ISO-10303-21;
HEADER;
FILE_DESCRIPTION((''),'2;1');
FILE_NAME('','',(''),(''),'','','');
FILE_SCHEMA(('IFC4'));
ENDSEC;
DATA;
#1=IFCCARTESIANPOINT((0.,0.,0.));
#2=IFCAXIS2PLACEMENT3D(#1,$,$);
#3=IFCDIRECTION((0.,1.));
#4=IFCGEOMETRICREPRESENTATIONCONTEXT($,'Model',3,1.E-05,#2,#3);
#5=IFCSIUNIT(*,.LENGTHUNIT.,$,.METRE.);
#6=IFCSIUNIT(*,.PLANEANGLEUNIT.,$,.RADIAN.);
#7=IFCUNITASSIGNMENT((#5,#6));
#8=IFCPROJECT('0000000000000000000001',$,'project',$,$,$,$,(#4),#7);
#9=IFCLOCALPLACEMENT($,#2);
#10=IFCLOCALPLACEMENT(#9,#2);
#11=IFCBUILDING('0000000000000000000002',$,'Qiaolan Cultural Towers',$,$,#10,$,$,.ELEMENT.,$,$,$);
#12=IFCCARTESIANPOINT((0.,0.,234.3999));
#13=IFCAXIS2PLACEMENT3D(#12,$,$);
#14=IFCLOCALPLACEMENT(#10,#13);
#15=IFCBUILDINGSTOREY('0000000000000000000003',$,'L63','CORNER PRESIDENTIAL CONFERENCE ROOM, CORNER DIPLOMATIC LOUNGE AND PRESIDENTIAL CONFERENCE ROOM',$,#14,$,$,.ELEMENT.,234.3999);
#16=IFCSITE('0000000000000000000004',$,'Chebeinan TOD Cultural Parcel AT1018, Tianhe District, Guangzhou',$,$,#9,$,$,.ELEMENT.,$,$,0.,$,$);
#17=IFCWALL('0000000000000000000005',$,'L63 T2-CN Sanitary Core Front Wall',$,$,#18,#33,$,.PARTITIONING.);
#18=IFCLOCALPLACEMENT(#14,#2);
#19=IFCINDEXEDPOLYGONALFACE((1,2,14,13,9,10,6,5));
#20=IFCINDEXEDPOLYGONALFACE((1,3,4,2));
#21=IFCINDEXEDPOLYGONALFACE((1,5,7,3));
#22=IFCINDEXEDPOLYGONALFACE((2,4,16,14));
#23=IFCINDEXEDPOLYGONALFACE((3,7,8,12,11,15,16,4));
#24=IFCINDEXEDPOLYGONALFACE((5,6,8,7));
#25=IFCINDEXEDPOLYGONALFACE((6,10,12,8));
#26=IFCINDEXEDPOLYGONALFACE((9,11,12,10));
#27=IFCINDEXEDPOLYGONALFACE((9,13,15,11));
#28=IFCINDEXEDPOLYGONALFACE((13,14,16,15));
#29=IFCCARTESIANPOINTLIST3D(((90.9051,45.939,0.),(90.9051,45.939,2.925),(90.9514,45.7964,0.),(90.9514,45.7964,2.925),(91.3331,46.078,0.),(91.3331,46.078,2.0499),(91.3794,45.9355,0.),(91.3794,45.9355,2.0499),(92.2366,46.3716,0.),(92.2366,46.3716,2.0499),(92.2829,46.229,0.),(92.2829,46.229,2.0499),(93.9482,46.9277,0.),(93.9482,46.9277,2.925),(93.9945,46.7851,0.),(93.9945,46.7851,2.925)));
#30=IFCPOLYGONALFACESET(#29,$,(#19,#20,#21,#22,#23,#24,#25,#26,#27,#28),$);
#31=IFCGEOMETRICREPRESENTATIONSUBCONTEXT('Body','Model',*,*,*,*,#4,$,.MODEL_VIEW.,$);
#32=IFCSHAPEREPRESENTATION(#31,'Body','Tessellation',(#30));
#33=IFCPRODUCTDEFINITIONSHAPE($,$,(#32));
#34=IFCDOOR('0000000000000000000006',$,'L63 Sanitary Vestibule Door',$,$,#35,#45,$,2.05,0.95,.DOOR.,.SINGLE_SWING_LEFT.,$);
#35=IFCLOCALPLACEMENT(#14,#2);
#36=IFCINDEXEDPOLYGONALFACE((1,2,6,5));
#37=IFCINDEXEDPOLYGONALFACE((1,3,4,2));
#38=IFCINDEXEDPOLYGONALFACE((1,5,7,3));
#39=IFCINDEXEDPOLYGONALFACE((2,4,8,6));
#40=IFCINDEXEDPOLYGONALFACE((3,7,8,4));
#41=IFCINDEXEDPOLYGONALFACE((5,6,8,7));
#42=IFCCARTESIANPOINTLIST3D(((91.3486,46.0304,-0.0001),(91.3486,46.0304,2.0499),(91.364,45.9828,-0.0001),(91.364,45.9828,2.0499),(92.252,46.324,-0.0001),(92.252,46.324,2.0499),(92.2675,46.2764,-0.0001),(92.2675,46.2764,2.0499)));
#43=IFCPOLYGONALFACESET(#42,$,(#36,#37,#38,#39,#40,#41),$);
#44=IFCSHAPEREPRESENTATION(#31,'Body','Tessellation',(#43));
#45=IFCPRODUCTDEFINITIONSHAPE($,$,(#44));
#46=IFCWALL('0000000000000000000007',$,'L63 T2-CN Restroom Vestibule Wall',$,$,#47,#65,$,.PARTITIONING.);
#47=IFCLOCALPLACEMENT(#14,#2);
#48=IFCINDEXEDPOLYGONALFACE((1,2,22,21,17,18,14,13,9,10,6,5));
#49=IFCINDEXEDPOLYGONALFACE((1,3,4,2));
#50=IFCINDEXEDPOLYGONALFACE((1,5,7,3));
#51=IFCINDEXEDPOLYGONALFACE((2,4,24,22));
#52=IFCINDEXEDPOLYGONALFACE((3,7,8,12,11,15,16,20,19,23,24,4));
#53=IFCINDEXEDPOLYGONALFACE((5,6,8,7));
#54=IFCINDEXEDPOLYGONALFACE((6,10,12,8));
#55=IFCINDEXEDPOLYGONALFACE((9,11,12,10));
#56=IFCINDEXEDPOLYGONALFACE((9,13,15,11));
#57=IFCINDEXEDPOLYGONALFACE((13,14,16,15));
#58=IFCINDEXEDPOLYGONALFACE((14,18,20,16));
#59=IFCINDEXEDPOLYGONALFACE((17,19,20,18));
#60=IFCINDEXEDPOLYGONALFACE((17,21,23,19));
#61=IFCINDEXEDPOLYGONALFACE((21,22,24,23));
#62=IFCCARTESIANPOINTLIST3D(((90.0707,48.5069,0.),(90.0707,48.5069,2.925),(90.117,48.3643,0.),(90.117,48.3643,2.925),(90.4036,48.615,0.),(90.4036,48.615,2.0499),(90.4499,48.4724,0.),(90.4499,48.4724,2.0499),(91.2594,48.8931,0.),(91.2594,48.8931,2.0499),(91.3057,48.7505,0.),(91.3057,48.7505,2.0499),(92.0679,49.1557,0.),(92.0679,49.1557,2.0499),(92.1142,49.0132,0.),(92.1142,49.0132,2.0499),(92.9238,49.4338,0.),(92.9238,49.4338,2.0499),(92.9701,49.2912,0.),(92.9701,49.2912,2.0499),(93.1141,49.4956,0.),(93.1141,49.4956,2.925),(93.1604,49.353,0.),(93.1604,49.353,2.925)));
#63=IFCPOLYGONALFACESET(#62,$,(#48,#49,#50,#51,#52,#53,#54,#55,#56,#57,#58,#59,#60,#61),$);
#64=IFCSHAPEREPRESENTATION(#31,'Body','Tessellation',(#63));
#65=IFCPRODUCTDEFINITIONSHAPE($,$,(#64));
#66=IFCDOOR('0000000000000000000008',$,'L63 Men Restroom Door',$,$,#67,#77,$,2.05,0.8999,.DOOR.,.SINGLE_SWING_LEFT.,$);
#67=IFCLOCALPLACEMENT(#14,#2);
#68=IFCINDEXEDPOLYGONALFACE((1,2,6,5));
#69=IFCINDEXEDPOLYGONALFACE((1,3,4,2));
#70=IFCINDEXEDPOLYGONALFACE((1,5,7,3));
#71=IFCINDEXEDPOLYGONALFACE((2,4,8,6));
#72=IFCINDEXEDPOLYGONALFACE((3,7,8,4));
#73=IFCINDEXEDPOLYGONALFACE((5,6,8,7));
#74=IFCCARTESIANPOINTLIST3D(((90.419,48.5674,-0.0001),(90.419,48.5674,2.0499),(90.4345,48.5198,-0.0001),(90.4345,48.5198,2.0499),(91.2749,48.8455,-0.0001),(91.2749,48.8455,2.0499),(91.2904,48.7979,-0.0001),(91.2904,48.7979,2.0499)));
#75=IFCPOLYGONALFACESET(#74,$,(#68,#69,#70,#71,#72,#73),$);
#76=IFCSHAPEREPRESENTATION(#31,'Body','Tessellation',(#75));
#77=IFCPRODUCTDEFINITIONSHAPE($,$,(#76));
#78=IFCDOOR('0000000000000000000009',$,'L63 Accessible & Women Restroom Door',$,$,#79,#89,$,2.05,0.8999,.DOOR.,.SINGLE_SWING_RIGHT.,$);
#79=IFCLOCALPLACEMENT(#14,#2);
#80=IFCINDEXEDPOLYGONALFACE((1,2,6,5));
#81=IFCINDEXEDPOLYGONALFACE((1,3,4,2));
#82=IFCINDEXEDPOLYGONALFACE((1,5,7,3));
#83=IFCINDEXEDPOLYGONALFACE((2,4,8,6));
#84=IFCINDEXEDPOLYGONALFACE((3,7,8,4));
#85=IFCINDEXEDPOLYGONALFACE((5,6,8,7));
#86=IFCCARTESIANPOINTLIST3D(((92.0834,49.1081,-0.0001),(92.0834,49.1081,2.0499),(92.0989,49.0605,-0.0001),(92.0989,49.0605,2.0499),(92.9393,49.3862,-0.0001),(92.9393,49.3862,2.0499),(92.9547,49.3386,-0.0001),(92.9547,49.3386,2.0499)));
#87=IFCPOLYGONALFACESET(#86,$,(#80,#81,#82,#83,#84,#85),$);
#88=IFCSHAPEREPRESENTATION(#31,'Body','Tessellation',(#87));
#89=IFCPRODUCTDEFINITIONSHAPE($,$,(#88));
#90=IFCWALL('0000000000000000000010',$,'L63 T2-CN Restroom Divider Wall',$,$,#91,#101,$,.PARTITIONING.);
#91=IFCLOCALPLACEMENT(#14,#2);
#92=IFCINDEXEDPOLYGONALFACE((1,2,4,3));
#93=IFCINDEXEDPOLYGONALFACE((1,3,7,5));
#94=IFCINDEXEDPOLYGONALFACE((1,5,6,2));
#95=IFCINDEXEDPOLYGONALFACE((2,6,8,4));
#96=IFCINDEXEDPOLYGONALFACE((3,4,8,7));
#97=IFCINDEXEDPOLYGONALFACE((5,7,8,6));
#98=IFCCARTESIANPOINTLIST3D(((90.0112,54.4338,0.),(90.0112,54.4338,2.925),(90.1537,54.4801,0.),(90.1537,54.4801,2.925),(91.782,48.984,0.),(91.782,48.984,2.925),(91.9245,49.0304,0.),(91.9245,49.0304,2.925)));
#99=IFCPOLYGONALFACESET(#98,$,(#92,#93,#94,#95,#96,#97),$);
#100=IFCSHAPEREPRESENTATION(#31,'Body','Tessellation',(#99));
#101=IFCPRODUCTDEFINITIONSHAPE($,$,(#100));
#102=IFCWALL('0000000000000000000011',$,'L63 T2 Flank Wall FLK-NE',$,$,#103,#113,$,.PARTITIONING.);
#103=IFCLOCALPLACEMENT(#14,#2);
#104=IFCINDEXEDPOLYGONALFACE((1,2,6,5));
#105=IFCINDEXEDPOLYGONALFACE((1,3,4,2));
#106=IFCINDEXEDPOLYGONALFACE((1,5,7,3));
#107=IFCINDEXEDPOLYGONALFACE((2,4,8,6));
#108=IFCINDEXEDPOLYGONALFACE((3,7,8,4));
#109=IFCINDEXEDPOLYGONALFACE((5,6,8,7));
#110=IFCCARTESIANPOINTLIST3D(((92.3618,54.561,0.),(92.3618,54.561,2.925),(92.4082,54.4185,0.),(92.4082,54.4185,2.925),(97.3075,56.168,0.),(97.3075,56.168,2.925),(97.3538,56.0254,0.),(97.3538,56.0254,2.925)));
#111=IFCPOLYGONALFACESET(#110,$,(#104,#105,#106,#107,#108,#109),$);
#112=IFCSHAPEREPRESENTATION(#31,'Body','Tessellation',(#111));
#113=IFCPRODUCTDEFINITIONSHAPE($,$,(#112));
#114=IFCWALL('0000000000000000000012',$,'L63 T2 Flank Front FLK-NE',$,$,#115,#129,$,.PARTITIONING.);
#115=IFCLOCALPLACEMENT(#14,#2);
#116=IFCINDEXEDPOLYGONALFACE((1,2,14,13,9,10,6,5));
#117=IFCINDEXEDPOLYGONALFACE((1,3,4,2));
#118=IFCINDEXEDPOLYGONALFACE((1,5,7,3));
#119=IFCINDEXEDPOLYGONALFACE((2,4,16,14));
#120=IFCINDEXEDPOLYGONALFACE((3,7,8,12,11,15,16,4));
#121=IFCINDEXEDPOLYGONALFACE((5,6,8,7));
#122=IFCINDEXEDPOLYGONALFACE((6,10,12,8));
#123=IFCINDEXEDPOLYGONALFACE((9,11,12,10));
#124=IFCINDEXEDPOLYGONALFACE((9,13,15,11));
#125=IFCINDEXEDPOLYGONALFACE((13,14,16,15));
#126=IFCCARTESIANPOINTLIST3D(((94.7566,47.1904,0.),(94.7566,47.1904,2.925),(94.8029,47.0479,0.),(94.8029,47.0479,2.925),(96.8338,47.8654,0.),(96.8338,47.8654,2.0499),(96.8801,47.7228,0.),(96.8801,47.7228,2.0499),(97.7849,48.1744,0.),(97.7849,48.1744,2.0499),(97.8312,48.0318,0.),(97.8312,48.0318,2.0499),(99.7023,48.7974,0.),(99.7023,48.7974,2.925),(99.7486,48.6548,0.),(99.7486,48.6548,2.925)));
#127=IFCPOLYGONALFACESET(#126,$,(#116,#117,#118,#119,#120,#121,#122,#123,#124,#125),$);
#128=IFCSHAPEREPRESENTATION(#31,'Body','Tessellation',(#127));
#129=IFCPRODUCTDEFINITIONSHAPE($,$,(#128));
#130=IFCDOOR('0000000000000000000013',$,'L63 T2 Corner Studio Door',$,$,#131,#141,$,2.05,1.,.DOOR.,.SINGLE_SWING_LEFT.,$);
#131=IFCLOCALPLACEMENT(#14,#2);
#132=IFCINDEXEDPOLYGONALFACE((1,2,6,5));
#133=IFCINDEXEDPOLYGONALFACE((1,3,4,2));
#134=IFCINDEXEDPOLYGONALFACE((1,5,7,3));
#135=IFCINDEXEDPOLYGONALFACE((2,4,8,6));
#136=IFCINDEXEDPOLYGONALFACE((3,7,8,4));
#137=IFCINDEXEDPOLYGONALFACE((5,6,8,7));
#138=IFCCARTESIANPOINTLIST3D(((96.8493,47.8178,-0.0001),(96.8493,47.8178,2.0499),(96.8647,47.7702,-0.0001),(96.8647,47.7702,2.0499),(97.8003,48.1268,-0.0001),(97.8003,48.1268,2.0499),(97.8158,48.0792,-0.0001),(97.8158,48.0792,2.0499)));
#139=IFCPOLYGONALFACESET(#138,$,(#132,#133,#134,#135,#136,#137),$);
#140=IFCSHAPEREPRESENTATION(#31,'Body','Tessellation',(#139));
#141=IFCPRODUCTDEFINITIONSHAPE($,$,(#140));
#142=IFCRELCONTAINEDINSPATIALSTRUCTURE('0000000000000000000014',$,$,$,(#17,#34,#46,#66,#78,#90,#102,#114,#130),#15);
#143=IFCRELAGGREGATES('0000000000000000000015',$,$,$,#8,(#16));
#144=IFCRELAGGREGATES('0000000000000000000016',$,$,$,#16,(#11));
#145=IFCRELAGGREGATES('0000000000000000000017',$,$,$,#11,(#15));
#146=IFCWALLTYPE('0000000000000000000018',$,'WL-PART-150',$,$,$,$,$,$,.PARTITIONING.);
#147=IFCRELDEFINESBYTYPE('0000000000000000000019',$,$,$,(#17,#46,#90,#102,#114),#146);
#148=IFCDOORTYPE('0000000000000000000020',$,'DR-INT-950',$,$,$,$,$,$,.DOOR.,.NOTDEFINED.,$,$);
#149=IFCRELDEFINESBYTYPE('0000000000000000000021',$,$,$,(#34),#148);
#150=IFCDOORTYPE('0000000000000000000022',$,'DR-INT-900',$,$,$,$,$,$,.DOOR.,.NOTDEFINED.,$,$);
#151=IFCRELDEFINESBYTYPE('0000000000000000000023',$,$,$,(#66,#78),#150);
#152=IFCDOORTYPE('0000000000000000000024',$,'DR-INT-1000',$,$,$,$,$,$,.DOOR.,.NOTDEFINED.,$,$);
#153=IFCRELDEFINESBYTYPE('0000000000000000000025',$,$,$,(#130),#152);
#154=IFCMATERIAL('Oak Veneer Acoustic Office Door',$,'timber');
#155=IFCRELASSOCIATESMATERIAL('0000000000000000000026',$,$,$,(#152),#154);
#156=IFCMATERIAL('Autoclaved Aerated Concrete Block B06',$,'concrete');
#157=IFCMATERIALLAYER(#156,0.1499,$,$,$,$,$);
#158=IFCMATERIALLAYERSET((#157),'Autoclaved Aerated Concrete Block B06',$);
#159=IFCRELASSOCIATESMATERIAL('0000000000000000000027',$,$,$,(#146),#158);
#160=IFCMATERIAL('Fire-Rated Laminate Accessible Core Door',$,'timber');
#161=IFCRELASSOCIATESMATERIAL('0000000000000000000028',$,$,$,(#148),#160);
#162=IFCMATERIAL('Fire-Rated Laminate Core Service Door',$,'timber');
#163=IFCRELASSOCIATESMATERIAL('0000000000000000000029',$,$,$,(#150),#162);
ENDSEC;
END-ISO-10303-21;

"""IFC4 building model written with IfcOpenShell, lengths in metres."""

from ifc_helpers import new_model, si_unit, direction, frame, frame_2d, origin, place, context, subcontext, project, spatial, rectangle, extrude, material, layer, layer_set, type_object, element, fill, save


model = new_model("IFC4")

# Units and contexts
model_context = context("Model", 3, precision=1e-05, world=origin(), true_north=direction((0.0, 1.0)))
body_context = subcontext(model_context, "Body", "Model", "MODEL_VIEW")
ifc_project = project(units=[si_unit("LENGTHUNIT", "METRE"), si_unit("PLANEANGLEUNIT", "RADIAN")], contexts=[model_context])

# Site, building, storey
site_placement = place(None, origin())
site = spatial("IfcSite", under=ifc_project, at=site_placement, Name="Chebeinan TOD Cultural Parcel AT1018, Tianhe District, Guangzhou", CompositionType="ELEMENT", RefElevation=0.0)
building_placement = place(site_placement, origin())
building = spatial("IfcBuilding", under=site, at=building_placement, Name="Qiaolan Cultural Towers", CompositionType="ELEMENT")
storey_placement = place(building_placement, frame((0.0, 0.0, 234.3999)))
storey = spatial("IfcBuildingStorey", under=building, at=storey_placement, Name="L63", Description="CORNER PRESIDENTIAL CONFERENCE ROOM, CORNER DIPLOMATIC LOUNGE AND PRESIDENTIAL CONFERENCE ROOM", CompositionType="ELEMENT", Elevation=234.3999)

# Wall, opening, door
ifc_material_1 = material(Name="Oak Veneer Acoustic Office Door", Category="timber")
door_type_1 = type_object("IfcDoorType", Name="DR-INT-1000", OperationType="NOTDEFINED", PredefinedType="DOOR", material=ifc_material_1)
ifc_material_2 = material(Name="Autoclaved Aerated Concrete Block B06", Category="concrete")
ifc_layer_1 = layer(ifc_material_2, 0.1499)
ifc_layer_set_1 = layer_set([ifc_layer_1], Name="Autoclaved Aerated Concrete Block B06")
wall_type_1 = type_object("IfcWallType", Name="WL-PART-150", PredefinedType="PARTITIONING", material=ifc_layer_set_1)
wall_1_placement = place(storey_placement, frame((90.9282, 45.8677, 0.0), z_axis=(0.0, 0.0, 1.0), x_axis=(0.951059, 0.309008, 0.0)))
wall_1 = element("IfcWall", 1, at=wall_1_placement, inside=storey, type_object=wall_type_1, Name="L63 T2-CN Sanitary Core Front Wall", PredefinedType="PARTITIONING", context=body_context, shape_type="SweptSolid", body=[
    extrude(rectangle(XDim=3.1997, YDim=0.1499, at=frame_2d((1.5999, 0.0))), origin(), (0.0, 0.0, 1.0), 2.925),
])
opening_1_placement = place(wall_1_placement, frame((0.45, 0.0, 0.0)))
opening_1 = element("IfcOpeningElement", 2, at=opening_1_placement, cuts=wall_1, PredefinedType="OPENING", context=body_context, shape_type="SweptSolid", body=[
    extrude(rectangle(XDim=0.95, YDim=2.05, at=frame_2d((0.4751, 1.0249))), frame((0.0, 0.085, 0.0), z_axis=(0.0, -1.0, 0.0), x_axis=(1.0, 0.0, 0.0)), (0.0, 0.0, 1.0), 0.1699),
])
ifc_material_3 = material(Name="Fire-Rated Laminate Accessible Core Door", Category="timber")
door_type_2 = type_object("IfcDoorType", Name="DR-INT-950", OperationType="NOTDEFINED", PredefinedType="DOOR", material=ifc_material_3)
door_1_placement = place(opening_1_placement, origin())
door_1 = element("IfcDoor", 3, at=door_1_placement, inside=storey, type_object=door_type_2, Name="L63 Sanitary Vestibule Door", OperationType="SINGLE_SWING_LEFT", OverallHeight=2.05, OverallWidth=0.95, PredefinedType="DOOR", context=body_context, shape_type="SweptSolid", body=[
    extrude(rectangle(XDim=0.95, YDim=2.05, at=frame_2d((0.4751, 1.0249))), frame((0.0, 0.0249, 0.0), z_axis=(0.0, -1.0, 0.0), x_axis=(1.0, 0.0, 0.0)), (0.0, 0.0, 1.0), 0.05),
])
fill(opening_1, door_1)

# Wall, openings, doors
wall_2_placement = place(storey_placement, frame((90.0938, 48.4355, 0.0), z_axis=(0.0, 0.0, 1.0), x_axis=(0.951067, 0.308986, 0.0)))
wall_2 = element("IfcWall", 4, at=wall_2_placement, inside=storey, type_object=wall_type_1, Name="L63 T2-CN Restroom Vestibule Wall", PredefinedType="PARTITIONING", context=body_context, shape_type="SweptSolid", body=[
    extrude(rectangle(XDim=3.2, YDim=0.1499, at=frame_2d((1.6001, 0.0))), origin(), (0.0, 0.0, 1.0), 2.925),
])
opening_2_placement = place(wall_2_placement, frame((0.3501, 0.0, 0.0)))
opening_2 = element("IfcOpeningElement", 5, at=opening_2_placement, cuts=wall_2, PredefinedType="OPENING", context=body_context, shape_type="SweptSolid", body=[
    extrude(rectangle(XDim=0.8999, YDim=2.05, at=frame_2d((0.45, 1.0249))), frame((0.0, 0.085, 0.0), z_axis=(0.0, -1.0, 0.0), x_axis=(1.0, 0.0, 0.0)), (0.0, 0.0, 1.0), 0.1699),
])
opening_3_placement = place(wall_2_placement, frame((2.1001, 0.0, 0.0)))
opening_3 = element("IfcOpeningElement", 6, at=opening_3_placement, cuts=wall_2, PredefinedType="OPENING", context=body_context, shape_type="SweptSolid", body=[
    extrude(rectangle(XDim=0.8999, YDim=2.05, at=frame_2d((0.45, 1.0249))), frame((0.0, 0.085, 0.0), z_axis=(0.0, -1.0, 0.0), x_axis=(1.0, 0.0, 0.0)), (0.0, 0.0, 1.0), 0.1699),
])
ifc_material_4 = material(Name="Fire-Rated Laminate Core Service Door", Category="timber")
door_type_3 = type_object("IfcDoorType", Name="DR-INT-900", OperationType="NOTDEFINED", PredefinedType="DOOR", material=ifc_material_4)
door_2_placement = place(opening_2_placement, origin())
door_2 = element("IfcDoor", 7, at=door_2_placement, inside=storey, type_object=door_type_3, Name="L63 Men Restroom Door", OperationType="SINGLE_SWING_LEFT", OverallHeight=2.05, OverallWidth=0.8999, PredefinedType="DOOR", context=body_context, shape_type="SweptSolid", body=[
    extrude(rectangle(XDim=0.8999, YDim=2.05, at=frame_2d((0.45, 1.0249))), frame((0.0, 0.0249, 0.0), z_axis=(0.0, -1.0, 0.0), x_axis=(1.0, 0.0, 0.0)), (0.0, 0.0, 1.0), 0.05),
])
fill(opening_2, door_2)
door_3_placement = place(opening_3_placement, origin())
door_3 = element("IfcDoor", 8, at=door_3_placement, inside=storey, type_object=door_type_3, Name="L63 Accessible & Women Restroom Door", OperationType="SINGLE_SWING_RIGHT", OverallHeight=2.05, OverallWidth=0.8999, PredefinedType="DOOR", context=body_context, shape_type="SweptSolid", body=[
    extrude(rectangle(XDim=0.8999, YDim=2.05, at=frame_2d((0.45, 1.0249))), frame((0.0, 0.0249, 0.0), z_axis=(0.0, -1.0, 0.0), x_axis=(1.0, 0.0, 0.0)), (0.0, 0.0, 1.0), 0.05),
])
fill(opening_3, door_3)

# Walls
wall_3_placement = place(storey_placement, frame((91.8533, 49.0071, 0.0), z_axis=(0.0, 0.0, 1.0), x_axis=(-0.309022, 0.951055, 0.0)))
element("IfcWall", 9, at=wall_3_placement, inside=storey, type_object=wall_type_1, Name="L63 T2-CN Restroom Divider Wall", PredefinedType="PARTITIONING", context=body_context, shape_type="SweptSolid", body=[
    extrude(rectangle(XDim=5.7302, YDim=0.1499, at=frame_2d((2.8652, 0.0))), origin(), (0.0, 0.0, 1.0), 2.925),
])
wall_4_placement = place(storey_placement, frame((92.385, 54.4897, 0.0), z_axis=(0.0, 0.0, 1.0), x_axis=(0.951055, 0.309021, 0.0)))
element("IfcWall", 10, at=wall_4_placement, inside=storey, type_object=wall_type_1, Name="L63 T2 Flank Wall FLK-NE", PredefinedType="PARTITIONING", context=body_context, shape_type="SweptSolid", body=[
    extrude(rectangle(XDim=5.2002, YDim=0.1499, at=frame_2d((2.6001, 0.0))), origin(), (0.0, 0.0, 1.0), 2.925),
])

# Wall, opening, door
wall_5_placement = place(storey_placement, frame((94.7798, 47.1191, 0.0), z_axis=(0.0, 0.0, 1.0), x_axis=(0.951055, 0.309021, 0.0)))
wall_5 = element("IfcWall", 11, at=wall_5_placement, inside=storey, type_object=wall_type_1, Name="L63 T2 Flank Front FLK-NE", PredefinedType="PARTITIONING", context=body_context, shape_type="SweptSolid", body=[
    extrude(rectangle(XDim=5.2002, YDim=0.1499, at=frame_2d((2.6001, 0.0))), origin(), (0.0, 0.0, 1.0), 2.925),
])
opening_4_placement = place(wall_5_placement, frame((2.1841, 0.0, 0.0)))
opening_4 = element("IfcOpeningElement", 12, at=opening_4_placement, cuts=wall_5, PredefinedType="OPENING", context=body_context, shape_type="SweptSolid", body=[
    extrude(rectangle(XDim=1.0, YDim=2.05, at=frame_2d((0.5, 1.0249))), frame((0.0, 0.085, 0.0), z_axis=(0.0, -1.0, 0.0), x_axis=(1.0, 0.0, 0.0)), (0.0, 0.0, 1.0), 0.1699),
])
door_4_placement = place(opening_4_placement, origin())
door_4 = element("IfcDoor", 13, at=door_4_placement, inside=storey, type_object=door_type_1, Name="L63 T2 Corner Studio Door", OperationType="SINGLE_SWING_LEFT", OverallHeight=2.05, OverallWidth=1.0, PredefinedType="DOOR", context=body_context, shape_type="SweptSolid", body=[
    extrude(rectangle(XDim=1.0, YDim=2.05, at=frame_2d((0.5, 1.0249))), frame((0.0, 0.0249, 0.0), z_axis=(0.0, -1.0, 0.0), x_axis=(1.0, 0.0, 0.0)), (0.0, 0.0, 1.0), 0.05),
])
fill(opening_4, door_4)

save(model, "model.ifc")
